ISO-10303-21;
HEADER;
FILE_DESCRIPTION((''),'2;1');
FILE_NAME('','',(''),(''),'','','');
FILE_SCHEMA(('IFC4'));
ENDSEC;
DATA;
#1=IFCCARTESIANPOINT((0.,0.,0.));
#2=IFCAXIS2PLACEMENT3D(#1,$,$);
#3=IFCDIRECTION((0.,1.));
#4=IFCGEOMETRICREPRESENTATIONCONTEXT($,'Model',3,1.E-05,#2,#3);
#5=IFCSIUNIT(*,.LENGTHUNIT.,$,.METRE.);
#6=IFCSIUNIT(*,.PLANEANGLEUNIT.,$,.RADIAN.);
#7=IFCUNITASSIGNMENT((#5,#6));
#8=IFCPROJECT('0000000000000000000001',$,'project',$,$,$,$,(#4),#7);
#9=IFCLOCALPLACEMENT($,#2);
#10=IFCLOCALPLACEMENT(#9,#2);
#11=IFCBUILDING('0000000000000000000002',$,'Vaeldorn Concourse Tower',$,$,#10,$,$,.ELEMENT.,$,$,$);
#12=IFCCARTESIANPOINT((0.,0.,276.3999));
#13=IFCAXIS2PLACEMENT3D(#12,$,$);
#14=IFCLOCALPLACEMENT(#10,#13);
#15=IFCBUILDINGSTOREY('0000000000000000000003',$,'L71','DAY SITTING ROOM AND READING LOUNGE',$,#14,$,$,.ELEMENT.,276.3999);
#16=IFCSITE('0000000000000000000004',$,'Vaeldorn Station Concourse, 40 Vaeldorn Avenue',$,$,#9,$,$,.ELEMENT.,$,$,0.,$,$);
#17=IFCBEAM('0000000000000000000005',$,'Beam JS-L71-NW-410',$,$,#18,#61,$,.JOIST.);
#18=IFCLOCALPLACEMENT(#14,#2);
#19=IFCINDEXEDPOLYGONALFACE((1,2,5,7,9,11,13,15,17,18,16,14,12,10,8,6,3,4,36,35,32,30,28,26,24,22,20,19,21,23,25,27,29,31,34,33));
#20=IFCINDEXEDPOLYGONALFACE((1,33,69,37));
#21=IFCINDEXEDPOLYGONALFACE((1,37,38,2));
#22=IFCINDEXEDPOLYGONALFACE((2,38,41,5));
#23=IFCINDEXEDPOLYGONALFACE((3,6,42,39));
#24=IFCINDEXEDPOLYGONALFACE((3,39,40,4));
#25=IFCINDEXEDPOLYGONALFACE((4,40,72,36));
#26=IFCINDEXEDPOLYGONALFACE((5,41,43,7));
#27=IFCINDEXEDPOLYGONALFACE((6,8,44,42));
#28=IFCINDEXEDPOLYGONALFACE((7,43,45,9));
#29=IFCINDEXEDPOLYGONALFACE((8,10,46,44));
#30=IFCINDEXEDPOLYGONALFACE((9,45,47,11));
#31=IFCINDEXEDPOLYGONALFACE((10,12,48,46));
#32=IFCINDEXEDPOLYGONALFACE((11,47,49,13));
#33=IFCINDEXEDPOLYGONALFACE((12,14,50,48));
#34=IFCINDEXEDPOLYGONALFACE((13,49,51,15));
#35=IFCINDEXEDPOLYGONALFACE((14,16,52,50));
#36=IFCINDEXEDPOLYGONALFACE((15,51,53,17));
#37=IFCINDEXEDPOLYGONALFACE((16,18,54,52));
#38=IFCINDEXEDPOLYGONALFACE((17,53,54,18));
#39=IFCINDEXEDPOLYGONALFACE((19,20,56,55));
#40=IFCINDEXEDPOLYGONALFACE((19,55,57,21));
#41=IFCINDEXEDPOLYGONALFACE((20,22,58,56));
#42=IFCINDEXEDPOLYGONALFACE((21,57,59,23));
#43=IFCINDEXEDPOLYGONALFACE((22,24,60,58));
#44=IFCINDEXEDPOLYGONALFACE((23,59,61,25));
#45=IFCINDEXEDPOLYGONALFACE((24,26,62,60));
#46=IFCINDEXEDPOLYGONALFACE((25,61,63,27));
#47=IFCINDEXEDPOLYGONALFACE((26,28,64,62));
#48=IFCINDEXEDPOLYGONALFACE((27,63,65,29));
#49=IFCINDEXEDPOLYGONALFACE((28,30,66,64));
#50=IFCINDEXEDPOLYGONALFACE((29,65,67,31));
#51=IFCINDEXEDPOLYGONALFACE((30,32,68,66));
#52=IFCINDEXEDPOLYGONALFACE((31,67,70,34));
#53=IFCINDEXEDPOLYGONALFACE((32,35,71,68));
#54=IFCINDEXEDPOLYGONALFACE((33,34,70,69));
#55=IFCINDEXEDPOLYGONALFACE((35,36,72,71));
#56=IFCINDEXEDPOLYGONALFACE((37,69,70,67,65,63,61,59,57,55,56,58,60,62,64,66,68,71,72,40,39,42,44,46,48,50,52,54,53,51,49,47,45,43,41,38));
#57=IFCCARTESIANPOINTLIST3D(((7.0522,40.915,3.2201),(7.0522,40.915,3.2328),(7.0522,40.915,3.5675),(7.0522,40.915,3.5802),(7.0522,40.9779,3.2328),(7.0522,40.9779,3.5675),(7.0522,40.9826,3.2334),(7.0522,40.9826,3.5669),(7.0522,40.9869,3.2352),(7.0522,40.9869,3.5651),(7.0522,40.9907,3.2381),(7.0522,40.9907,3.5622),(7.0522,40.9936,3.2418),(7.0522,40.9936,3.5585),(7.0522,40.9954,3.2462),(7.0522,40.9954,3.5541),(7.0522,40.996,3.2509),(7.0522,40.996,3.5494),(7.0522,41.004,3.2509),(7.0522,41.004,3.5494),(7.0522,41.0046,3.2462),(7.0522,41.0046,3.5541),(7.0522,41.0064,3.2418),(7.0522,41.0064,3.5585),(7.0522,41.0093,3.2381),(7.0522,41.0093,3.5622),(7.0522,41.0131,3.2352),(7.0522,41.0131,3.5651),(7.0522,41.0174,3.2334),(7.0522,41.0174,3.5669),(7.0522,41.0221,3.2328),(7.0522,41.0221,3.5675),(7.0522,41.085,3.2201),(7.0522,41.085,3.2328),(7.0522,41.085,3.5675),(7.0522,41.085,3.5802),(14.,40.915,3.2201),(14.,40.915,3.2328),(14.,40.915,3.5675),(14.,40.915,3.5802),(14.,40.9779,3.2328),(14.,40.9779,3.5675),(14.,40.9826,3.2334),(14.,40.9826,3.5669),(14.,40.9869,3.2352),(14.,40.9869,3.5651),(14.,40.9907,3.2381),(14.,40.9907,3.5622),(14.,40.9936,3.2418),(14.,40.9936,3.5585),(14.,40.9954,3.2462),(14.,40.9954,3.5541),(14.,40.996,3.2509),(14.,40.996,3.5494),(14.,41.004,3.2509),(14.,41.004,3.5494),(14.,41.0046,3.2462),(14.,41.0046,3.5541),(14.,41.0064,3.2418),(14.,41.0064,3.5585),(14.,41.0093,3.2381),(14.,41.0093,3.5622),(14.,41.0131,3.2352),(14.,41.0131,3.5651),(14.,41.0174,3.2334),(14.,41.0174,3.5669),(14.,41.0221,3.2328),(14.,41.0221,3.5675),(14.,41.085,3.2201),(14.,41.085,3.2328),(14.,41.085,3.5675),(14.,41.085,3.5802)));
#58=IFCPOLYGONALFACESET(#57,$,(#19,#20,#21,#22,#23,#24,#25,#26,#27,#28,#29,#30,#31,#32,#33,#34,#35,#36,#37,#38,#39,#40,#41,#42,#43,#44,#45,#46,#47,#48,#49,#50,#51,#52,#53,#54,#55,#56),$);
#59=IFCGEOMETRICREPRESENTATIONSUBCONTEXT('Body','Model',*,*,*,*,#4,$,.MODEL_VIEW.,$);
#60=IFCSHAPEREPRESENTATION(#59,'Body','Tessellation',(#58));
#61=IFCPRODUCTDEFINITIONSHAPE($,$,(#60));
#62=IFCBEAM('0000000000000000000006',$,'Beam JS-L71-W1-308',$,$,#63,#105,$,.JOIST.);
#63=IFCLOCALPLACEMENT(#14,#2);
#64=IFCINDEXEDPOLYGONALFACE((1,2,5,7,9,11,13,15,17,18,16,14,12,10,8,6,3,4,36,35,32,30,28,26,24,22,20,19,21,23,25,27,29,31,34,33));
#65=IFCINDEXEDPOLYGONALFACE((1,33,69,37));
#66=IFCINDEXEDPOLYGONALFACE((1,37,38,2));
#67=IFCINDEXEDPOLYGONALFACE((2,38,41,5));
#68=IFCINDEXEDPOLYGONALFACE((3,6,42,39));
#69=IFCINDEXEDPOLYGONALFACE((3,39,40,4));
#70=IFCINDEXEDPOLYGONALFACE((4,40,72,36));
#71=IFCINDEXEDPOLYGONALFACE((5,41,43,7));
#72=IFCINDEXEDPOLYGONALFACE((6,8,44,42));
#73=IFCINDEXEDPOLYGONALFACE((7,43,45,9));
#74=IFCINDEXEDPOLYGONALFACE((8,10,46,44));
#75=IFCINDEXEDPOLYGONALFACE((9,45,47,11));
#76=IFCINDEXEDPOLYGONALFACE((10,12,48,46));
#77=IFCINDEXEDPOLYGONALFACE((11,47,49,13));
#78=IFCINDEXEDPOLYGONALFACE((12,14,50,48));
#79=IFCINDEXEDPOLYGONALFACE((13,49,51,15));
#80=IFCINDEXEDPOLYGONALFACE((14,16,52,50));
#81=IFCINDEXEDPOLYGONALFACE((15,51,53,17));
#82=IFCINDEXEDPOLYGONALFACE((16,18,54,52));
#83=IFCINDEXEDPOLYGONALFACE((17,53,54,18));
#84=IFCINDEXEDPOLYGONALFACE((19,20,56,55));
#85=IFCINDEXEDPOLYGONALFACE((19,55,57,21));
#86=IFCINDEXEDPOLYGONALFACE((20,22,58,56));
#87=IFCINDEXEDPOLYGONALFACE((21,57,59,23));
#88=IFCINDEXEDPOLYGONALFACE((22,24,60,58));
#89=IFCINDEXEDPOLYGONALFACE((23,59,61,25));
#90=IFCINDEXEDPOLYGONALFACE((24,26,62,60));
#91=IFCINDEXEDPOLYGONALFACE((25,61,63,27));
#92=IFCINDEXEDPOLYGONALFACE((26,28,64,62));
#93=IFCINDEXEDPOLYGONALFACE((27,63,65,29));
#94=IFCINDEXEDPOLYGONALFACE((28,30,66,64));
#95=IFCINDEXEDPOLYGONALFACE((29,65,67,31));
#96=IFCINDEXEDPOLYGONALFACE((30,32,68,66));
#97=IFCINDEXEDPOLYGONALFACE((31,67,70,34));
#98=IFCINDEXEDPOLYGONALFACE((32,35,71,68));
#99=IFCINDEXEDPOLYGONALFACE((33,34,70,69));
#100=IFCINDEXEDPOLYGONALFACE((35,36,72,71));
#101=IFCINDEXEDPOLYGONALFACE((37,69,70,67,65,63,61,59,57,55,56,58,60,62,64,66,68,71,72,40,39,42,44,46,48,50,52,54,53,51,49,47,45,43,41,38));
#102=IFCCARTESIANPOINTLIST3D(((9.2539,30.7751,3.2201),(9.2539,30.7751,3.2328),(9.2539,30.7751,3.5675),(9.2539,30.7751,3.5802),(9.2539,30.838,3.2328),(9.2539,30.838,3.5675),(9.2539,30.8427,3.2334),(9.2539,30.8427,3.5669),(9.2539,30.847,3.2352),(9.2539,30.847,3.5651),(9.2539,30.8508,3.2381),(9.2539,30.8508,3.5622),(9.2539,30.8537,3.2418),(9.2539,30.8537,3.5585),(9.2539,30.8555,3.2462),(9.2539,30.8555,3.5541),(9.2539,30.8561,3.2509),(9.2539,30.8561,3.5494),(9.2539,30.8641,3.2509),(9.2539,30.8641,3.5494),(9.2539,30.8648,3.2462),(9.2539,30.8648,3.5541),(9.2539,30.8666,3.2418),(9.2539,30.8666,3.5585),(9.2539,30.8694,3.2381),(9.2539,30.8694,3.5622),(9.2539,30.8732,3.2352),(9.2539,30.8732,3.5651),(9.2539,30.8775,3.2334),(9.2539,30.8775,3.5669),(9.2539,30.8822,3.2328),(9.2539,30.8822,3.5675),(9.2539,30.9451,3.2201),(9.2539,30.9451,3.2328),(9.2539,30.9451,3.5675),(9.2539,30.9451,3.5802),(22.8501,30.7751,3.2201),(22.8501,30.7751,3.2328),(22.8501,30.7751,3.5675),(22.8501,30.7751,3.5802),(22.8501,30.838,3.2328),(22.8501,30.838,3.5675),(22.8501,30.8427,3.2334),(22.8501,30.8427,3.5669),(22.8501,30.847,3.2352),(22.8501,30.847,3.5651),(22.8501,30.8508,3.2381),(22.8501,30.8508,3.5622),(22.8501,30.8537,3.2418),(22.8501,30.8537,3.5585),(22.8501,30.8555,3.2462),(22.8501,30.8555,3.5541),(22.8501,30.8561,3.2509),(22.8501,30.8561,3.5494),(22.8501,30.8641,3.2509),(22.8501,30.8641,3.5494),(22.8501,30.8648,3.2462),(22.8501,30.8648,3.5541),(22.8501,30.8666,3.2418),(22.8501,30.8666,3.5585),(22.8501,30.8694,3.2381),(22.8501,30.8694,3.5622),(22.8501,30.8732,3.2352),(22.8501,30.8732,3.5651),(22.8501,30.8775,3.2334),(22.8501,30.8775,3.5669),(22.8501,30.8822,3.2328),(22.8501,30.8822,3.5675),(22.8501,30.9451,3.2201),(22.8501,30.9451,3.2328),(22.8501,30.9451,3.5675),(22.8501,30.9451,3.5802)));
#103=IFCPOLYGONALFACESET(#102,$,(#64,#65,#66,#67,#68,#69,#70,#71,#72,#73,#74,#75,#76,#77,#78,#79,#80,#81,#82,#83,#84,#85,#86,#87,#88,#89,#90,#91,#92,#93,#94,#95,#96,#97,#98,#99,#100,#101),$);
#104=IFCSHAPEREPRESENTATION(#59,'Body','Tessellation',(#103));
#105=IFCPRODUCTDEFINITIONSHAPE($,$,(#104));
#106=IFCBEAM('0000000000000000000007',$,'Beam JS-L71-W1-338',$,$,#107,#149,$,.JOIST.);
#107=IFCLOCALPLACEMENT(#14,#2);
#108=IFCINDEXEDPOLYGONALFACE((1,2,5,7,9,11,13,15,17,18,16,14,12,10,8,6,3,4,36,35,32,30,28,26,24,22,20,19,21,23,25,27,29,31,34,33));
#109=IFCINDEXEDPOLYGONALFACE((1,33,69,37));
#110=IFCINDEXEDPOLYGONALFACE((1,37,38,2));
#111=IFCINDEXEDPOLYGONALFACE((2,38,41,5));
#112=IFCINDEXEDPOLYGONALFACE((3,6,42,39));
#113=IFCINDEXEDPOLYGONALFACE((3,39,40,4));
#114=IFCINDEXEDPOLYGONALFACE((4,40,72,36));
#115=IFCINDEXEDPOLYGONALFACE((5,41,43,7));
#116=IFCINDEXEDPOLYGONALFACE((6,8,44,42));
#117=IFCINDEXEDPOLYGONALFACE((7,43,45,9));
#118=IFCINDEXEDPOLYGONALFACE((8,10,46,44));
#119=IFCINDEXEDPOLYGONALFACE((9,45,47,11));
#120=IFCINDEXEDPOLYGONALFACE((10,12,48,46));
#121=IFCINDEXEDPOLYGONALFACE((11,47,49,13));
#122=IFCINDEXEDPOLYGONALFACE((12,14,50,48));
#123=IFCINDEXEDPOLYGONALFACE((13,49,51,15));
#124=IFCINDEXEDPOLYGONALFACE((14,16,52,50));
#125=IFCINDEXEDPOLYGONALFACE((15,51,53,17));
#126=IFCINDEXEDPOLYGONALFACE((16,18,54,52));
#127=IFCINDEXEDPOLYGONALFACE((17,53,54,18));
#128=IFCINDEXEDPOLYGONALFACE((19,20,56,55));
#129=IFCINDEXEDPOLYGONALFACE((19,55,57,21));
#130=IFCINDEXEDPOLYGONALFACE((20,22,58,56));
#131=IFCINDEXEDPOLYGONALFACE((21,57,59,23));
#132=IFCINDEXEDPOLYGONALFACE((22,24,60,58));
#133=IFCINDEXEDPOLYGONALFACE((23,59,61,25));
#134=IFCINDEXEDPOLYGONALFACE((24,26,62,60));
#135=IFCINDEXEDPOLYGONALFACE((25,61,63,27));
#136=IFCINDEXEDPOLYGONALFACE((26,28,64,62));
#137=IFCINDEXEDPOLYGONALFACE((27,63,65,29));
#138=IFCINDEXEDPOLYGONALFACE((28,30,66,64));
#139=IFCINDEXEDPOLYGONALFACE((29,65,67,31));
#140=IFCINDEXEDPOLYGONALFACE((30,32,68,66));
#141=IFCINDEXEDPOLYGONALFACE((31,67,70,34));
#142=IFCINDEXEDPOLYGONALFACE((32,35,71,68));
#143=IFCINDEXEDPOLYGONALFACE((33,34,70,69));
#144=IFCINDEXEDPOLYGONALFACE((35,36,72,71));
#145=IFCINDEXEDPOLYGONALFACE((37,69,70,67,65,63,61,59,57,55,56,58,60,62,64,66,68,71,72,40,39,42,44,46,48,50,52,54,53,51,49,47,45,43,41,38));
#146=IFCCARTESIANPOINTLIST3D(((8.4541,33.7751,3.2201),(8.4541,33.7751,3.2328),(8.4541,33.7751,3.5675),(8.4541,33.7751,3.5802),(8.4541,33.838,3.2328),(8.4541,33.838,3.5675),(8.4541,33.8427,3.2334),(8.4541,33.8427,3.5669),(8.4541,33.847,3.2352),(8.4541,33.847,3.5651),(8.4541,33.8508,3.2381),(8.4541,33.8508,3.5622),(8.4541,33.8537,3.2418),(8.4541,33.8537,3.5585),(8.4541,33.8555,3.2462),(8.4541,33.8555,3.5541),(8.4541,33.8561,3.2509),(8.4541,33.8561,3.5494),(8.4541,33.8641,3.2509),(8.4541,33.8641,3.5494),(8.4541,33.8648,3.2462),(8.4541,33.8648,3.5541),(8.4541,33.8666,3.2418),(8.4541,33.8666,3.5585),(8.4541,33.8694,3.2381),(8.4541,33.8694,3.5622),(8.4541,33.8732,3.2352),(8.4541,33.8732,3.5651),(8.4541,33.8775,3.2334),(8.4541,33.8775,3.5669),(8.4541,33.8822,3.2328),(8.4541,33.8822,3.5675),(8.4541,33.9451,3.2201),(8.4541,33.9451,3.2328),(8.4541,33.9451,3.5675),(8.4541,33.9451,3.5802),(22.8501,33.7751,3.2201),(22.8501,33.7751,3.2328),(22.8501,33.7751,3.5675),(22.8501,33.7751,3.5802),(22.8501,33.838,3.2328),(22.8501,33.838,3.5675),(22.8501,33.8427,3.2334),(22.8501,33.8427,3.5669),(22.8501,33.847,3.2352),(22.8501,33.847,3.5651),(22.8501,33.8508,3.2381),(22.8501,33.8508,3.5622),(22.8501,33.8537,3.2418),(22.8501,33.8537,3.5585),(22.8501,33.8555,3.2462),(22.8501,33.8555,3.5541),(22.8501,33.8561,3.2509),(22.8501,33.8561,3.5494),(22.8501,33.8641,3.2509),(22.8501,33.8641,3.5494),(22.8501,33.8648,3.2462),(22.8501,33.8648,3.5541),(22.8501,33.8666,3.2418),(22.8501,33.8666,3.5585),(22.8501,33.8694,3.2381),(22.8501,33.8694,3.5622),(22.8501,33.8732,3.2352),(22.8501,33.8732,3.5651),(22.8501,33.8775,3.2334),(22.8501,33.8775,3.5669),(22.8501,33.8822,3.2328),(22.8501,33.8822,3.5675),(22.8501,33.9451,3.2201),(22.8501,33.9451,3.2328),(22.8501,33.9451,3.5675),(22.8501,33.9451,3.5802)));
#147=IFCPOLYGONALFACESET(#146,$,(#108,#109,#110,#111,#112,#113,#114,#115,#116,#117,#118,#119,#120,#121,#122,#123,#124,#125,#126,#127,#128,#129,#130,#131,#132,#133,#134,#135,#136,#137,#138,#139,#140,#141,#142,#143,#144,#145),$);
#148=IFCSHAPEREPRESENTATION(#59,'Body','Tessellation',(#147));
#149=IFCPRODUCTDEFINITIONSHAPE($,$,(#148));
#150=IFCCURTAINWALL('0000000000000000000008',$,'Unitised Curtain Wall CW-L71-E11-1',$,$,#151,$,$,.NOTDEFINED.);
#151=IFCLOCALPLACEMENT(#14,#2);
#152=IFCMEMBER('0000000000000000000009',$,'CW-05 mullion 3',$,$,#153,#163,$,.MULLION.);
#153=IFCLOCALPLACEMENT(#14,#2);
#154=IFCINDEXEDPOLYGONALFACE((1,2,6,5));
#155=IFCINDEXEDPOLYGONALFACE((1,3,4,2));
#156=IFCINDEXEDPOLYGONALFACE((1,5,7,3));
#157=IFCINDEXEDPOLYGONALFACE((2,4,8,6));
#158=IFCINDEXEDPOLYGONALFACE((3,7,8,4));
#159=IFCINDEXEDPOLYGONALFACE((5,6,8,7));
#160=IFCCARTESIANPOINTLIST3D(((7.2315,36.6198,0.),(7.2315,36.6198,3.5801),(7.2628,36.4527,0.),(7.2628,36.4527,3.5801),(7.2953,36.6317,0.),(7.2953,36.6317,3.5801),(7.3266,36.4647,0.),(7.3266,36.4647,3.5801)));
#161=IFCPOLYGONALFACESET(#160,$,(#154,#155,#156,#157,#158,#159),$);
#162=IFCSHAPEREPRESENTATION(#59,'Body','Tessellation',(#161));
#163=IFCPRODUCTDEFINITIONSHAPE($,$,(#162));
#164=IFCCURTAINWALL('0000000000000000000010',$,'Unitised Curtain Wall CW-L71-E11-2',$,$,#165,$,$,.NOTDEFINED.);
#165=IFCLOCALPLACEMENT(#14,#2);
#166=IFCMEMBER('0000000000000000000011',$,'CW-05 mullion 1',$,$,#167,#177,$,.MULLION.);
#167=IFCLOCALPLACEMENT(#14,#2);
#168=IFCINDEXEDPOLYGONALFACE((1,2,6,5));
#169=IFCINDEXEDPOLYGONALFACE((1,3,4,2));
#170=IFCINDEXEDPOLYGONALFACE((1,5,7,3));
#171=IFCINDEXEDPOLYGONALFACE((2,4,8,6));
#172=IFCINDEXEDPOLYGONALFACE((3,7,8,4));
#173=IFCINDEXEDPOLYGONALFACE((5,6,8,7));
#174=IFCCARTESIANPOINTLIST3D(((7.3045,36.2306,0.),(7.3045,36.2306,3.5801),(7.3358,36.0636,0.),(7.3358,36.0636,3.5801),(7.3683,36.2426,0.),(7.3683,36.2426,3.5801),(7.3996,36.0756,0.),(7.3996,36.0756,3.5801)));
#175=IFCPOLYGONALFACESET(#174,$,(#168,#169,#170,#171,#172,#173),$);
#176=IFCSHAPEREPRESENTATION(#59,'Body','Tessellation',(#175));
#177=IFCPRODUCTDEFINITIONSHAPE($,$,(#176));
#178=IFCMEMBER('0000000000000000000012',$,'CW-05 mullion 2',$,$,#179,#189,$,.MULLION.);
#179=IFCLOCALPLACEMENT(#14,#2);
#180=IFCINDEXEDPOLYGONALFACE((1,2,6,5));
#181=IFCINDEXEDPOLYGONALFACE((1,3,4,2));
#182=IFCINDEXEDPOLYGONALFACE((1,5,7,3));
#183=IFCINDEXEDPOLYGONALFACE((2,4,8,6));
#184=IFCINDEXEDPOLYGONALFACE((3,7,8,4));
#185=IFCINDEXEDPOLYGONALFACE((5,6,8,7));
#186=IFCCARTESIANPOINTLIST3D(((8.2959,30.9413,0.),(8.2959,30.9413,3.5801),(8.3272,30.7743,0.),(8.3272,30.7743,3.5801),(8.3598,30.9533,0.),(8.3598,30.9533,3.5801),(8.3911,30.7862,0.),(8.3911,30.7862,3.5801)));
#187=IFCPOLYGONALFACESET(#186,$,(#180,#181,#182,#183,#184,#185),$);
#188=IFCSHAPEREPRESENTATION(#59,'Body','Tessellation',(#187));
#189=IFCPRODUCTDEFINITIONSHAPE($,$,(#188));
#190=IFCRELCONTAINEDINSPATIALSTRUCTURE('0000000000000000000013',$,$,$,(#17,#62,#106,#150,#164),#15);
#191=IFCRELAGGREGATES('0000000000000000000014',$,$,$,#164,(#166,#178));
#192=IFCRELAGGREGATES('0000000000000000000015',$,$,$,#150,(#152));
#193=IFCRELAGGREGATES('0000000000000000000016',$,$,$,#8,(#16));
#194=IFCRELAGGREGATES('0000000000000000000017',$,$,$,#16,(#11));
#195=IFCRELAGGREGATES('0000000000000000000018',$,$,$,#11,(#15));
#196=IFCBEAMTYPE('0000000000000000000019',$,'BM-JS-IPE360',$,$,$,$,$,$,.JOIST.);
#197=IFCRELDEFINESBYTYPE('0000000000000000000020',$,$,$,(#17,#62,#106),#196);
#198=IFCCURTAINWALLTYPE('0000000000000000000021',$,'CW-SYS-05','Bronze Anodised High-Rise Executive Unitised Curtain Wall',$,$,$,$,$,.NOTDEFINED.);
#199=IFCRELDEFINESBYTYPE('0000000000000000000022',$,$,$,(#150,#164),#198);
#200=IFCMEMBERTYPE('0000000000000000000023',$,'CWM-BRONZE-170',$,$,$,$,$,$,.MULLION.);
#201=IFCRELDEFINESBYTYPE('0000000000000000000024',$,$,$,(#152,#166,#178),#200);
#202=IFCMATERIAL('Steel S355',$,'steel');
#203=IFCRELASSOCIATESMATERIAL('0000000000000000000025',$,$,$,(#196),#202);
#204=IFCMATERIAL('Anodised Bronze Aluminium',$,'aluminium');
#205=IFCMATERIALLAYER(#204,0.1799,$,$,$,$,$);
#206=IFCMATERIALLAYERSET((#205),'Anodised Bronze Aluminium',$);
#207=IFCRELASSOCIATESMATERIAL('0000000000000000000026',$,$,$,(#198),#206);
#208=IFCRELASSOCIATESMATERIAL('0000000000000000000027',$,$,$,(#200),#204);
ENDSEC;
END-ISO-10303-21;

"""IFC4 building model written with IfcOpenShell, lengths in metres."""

from ifc_helpers import new_model, si_unit, direction, frame, origin, origin_2d, place, context, subcontext, project, spatial, rectangle, i_section, extrude, source, transform, mapped, material, layer, layer_set, material_profile, profile_set, type_object, element, aggregate, save


model = new_model("IFC4")

# Units and contexts
model_context = context("Model", 3, precision=1e-05, world=origin(), true_north=direction((0.0, 1.0)))
body_context = subcontext(model_context, "Body", "Model", "MODEL_VIEW")
ifc_project = project(units=[si_unit("LENGTHUNIT", "METRE"), si_unit("PLANEANGLEUNIT", "RADIAN")], contexts=[model_context])

# Site, building, storey
site_placement = place(None, origin())
site = spatial("IfcSite", under=ifc_project, at=site_placement, Name="Vaeldorn Station Concourse, 40 Vaeldorn Avenue", CompositionType="ELEMENT", RefElevation=0.0)
building_placement = place(site_placement, origin())
building = spatial("IfcBuilding", under=site, at=building_placement, Name="Vaeldorn Concourse Tower", CompositionType="ELEMENT")
storey_placement = place(building_placement, frame((0.0, 0.0, 276.3999)))
storey = spatial("IfcBuildingStorey", under=building, at=storey_placement, Name="L71", Description="DAY SITTING ROOM AND READING LOUNGE", CompositionType="ELEMENT", Elevation=276.3999)

# Shared definitions
ifc_material_1 = material(Name="Steel S355", Category="steel")

# Beams
ifc_material_profile_1 = material_profile(ifc_material_1, i_section(OverallWidth=0.1699, OverallDepth=0.3601, WebThickness=0.0081, FlangeThickness=0.0127, FilletRadius=0.0181, at=origin_2d()), Name="IPE 360")
ifc_profile_set_1 = profile_set([ifc_material_profile_1], Name="Steel S355")
beam_type_1 = type_object("IfcBeamType", Name="BM-JS-IPE360", PredefinedType="JOIST", material=ifc_profile_set_1)
shared_shape_1 = source(origin(), body_context, "Body", "SweptSolid", [
    extrude(i_section(OverallWidth=0.1699, OverallDepth=0.3601, WebThickness=0.0081, FlangeThickness=0.0127, FilletRadius=0.0181, at=origin_2d()), origin(), (0.0, 0.0, 1.0), 6.9478),
])
beam_1_placement = place(storey_placement, frame((7.0522, 41.0, 3.4001), z_axis=(1.0, 0.0, 0.0), x_axis=(0.0, 1.0, 0.0)))
element("IfcBeam", 1, at=beam_1_placement, inside=storey, type_object=beam_type_1, Name="Beam JS-L71-NW-410", PredefinedType="JOIST", context=body_context, shape_type="MappedRepresentation", body=[
    mapped(shared_shape_1, transform((0.0, 0.0, 0.0), scale=1.0)),
])
shared_shape_2 = source(origin(), body_context, "Body", "SweptSolid", [
    extrude(i_section(OverallWidth=0.1699, OverallDepth=0.3601, WebThickness=0.0081, FlangeThickness=0.0127, FilletRadius=0.0181, at=origin_2d()), origin(), (0.0, 0.0, 1.0), 13.5962),
])
beam_2_placement = place(storey_placement, frame((9.2539, 30.8601, 3.4001), z_axis=(1.0, 0.0, 0.0), x_axis=(0.0, 1.0, 0.0)))
element("IfcBeam", 2, at=beam_2_placement, inside=storey, type_object=beam_type_1, Name="Beam JS-L71-W1-308", PredefinedType="JOIST", context=body_context, shape_type="MappedRepresentation", body=[
    mapped(shared_shape_2, transform((0.0, 0.0, 0.0), scale=1.0)),
])
shared_shape_3 = source(origin(), body_context, "Body", "SweptSolid", [
    extrude(i_section(OverallWidth=0.1699, OverallDepth=0.3601, WebThickness=0.0081, FlangeThickness=0.0127, FilletRadius=0.0181, at=origin_2d()), origin(), (0.0, 0.0, 1.0), 14.396),
])
beam_3_placement = place(storey_placement, frame((8.4541, 33.8601, 3.4001), z_axis=(1.0, 0.0, 0.0), x_axis=(0.0, 1.0, 0.0)))
element("IfcBeam", 3, at=beam_3_placement, inside=storey, type_object=beam_type_1, Name="Beam JS-L71-W1-338", PredefinedType="JOIST", context=body_context, shape_type="MappedRepresentation", body=[
    mapped(shared_shape_3, transform((0.0, 0.0, 0.0), scale=1.0)),
])

# Curtain wall, member
ifc_material_2 = material(Name="Anodised Bronze Aluminium", Category="aluminium")
ifc_layer_1 = layer(ifc_material_2, 0.1799)
ifc_layer_set_1 = layer_set([ifc_layer_1], Name="Anodised Bronze Aluminium")
curtain_wall_type = type_object("IfcCurtainWallType", Name="CW-SYS-05", Description="Bronze Anodised High-Rise Executive Unitised Curtain Wall", PredefinedType="NOTDEFINED", material=ifc_layer_set_1)
curtain_wall_1_placement = place(storey_placement, origin())
curtain_wall_1 = element("IfcCurtainWall", 4, at=curtain_wall_1_placement, inside=storey, type_object=curtain_wall_type, Name="Unitised Curtain Wall CW-L71-E11-1", PredefinedType="NOTDEFINED")
ifc_material_profile_2 = material_profile(ifc_material_2, rectangle(XDim=0.0649, YDim=0.1699, at=origin_2d()), Name="CWM 65x170")
ifc_profile_set_2 = profile_set([ifc_material_profile_2], Name="Anodised Bronze Aluminium")
member_type_1 = type_object("IfcMemberType", Name="CWM-BRONZE-170", PredefinedType="MULLION", material=ifc_profile_set_2)
shared_shape_4 = source(origin(), body_context, "Body", "SweptSolid", [
    extrude(rectangle(XDim=0.0649, YDim=0.1699, at=origin_2d()), origin(), (0.0, 0.0, 1.0), 3.5801),
])
member_1_placement = place(storey_placement, frame((7.2791, 36.5422, 0.0), z_axis=(0.0, 0.0, 1.0), x_axis=(0.98288, 0.184246, 0.0)))
member_1 = element("IfcMember", 5, at=member_1_placement, type_object=member_type_1, Name="CW-05 mullion 3", PredefinedType="MULLION", context=body_context, shape_type="MappedRepresentation", body=[
    mapped(shared_shape_4, transform((0.0, 0.0, 0.0), scale=1.0)),
])

# Curtain wall, members
curtain_wall_2_placement = place(storey_placement, origin())
curtain_wall_2 = element("IfcCurtainWall", 6, at=curtain_wall_2_placement, inside=storey, type_object=curtain_wall_type, Name="Unitised Curtain Wall CW-L71-E11-2", PredefinedType="NOTDEFINED")
member_2_placement = place(storey_placement, frame((7.3521, 36.1531, 0.0), z_axis=(0.0, 0.0, 1.0), x_axis=(0.98288, 0.184247, 0.0)))
member_2 = element("IfcMember", 7, at=member_2_placement, type_object=member_type_1, Name="CW-05 mullion 1", PredefinedType="MULLION", context=body_context, shape_type="MappedRepresentation", body=[
    mapped(shared_shape_4, transform((0.0, 0.0, 0.0), scale=1.0)),
])
member_3_placement = place(storey_placement, frame((8.3435, 30.8638, 0.0), z_axis=(0.0, 0.0, 1.0), x_axis=(0.98288, 0.184247, 0.0)))
member_3 = element("IfcMember", 8, at=member_3_placement, type_object=member_type_1, Name="CW-05 mullion 2", PredefinedType="MULLION", context=body_context, shape_type="MappedRepresentation", body=[
    mapped(shared_shape_4, transform((0.0, 0.0, 0.0), scale=1.0)),
])

aggregate(curtain_wall_2, [member_2, member_3])
aggregate(curtain_wall_1, [member_1])

save(model, "model.ifc")
